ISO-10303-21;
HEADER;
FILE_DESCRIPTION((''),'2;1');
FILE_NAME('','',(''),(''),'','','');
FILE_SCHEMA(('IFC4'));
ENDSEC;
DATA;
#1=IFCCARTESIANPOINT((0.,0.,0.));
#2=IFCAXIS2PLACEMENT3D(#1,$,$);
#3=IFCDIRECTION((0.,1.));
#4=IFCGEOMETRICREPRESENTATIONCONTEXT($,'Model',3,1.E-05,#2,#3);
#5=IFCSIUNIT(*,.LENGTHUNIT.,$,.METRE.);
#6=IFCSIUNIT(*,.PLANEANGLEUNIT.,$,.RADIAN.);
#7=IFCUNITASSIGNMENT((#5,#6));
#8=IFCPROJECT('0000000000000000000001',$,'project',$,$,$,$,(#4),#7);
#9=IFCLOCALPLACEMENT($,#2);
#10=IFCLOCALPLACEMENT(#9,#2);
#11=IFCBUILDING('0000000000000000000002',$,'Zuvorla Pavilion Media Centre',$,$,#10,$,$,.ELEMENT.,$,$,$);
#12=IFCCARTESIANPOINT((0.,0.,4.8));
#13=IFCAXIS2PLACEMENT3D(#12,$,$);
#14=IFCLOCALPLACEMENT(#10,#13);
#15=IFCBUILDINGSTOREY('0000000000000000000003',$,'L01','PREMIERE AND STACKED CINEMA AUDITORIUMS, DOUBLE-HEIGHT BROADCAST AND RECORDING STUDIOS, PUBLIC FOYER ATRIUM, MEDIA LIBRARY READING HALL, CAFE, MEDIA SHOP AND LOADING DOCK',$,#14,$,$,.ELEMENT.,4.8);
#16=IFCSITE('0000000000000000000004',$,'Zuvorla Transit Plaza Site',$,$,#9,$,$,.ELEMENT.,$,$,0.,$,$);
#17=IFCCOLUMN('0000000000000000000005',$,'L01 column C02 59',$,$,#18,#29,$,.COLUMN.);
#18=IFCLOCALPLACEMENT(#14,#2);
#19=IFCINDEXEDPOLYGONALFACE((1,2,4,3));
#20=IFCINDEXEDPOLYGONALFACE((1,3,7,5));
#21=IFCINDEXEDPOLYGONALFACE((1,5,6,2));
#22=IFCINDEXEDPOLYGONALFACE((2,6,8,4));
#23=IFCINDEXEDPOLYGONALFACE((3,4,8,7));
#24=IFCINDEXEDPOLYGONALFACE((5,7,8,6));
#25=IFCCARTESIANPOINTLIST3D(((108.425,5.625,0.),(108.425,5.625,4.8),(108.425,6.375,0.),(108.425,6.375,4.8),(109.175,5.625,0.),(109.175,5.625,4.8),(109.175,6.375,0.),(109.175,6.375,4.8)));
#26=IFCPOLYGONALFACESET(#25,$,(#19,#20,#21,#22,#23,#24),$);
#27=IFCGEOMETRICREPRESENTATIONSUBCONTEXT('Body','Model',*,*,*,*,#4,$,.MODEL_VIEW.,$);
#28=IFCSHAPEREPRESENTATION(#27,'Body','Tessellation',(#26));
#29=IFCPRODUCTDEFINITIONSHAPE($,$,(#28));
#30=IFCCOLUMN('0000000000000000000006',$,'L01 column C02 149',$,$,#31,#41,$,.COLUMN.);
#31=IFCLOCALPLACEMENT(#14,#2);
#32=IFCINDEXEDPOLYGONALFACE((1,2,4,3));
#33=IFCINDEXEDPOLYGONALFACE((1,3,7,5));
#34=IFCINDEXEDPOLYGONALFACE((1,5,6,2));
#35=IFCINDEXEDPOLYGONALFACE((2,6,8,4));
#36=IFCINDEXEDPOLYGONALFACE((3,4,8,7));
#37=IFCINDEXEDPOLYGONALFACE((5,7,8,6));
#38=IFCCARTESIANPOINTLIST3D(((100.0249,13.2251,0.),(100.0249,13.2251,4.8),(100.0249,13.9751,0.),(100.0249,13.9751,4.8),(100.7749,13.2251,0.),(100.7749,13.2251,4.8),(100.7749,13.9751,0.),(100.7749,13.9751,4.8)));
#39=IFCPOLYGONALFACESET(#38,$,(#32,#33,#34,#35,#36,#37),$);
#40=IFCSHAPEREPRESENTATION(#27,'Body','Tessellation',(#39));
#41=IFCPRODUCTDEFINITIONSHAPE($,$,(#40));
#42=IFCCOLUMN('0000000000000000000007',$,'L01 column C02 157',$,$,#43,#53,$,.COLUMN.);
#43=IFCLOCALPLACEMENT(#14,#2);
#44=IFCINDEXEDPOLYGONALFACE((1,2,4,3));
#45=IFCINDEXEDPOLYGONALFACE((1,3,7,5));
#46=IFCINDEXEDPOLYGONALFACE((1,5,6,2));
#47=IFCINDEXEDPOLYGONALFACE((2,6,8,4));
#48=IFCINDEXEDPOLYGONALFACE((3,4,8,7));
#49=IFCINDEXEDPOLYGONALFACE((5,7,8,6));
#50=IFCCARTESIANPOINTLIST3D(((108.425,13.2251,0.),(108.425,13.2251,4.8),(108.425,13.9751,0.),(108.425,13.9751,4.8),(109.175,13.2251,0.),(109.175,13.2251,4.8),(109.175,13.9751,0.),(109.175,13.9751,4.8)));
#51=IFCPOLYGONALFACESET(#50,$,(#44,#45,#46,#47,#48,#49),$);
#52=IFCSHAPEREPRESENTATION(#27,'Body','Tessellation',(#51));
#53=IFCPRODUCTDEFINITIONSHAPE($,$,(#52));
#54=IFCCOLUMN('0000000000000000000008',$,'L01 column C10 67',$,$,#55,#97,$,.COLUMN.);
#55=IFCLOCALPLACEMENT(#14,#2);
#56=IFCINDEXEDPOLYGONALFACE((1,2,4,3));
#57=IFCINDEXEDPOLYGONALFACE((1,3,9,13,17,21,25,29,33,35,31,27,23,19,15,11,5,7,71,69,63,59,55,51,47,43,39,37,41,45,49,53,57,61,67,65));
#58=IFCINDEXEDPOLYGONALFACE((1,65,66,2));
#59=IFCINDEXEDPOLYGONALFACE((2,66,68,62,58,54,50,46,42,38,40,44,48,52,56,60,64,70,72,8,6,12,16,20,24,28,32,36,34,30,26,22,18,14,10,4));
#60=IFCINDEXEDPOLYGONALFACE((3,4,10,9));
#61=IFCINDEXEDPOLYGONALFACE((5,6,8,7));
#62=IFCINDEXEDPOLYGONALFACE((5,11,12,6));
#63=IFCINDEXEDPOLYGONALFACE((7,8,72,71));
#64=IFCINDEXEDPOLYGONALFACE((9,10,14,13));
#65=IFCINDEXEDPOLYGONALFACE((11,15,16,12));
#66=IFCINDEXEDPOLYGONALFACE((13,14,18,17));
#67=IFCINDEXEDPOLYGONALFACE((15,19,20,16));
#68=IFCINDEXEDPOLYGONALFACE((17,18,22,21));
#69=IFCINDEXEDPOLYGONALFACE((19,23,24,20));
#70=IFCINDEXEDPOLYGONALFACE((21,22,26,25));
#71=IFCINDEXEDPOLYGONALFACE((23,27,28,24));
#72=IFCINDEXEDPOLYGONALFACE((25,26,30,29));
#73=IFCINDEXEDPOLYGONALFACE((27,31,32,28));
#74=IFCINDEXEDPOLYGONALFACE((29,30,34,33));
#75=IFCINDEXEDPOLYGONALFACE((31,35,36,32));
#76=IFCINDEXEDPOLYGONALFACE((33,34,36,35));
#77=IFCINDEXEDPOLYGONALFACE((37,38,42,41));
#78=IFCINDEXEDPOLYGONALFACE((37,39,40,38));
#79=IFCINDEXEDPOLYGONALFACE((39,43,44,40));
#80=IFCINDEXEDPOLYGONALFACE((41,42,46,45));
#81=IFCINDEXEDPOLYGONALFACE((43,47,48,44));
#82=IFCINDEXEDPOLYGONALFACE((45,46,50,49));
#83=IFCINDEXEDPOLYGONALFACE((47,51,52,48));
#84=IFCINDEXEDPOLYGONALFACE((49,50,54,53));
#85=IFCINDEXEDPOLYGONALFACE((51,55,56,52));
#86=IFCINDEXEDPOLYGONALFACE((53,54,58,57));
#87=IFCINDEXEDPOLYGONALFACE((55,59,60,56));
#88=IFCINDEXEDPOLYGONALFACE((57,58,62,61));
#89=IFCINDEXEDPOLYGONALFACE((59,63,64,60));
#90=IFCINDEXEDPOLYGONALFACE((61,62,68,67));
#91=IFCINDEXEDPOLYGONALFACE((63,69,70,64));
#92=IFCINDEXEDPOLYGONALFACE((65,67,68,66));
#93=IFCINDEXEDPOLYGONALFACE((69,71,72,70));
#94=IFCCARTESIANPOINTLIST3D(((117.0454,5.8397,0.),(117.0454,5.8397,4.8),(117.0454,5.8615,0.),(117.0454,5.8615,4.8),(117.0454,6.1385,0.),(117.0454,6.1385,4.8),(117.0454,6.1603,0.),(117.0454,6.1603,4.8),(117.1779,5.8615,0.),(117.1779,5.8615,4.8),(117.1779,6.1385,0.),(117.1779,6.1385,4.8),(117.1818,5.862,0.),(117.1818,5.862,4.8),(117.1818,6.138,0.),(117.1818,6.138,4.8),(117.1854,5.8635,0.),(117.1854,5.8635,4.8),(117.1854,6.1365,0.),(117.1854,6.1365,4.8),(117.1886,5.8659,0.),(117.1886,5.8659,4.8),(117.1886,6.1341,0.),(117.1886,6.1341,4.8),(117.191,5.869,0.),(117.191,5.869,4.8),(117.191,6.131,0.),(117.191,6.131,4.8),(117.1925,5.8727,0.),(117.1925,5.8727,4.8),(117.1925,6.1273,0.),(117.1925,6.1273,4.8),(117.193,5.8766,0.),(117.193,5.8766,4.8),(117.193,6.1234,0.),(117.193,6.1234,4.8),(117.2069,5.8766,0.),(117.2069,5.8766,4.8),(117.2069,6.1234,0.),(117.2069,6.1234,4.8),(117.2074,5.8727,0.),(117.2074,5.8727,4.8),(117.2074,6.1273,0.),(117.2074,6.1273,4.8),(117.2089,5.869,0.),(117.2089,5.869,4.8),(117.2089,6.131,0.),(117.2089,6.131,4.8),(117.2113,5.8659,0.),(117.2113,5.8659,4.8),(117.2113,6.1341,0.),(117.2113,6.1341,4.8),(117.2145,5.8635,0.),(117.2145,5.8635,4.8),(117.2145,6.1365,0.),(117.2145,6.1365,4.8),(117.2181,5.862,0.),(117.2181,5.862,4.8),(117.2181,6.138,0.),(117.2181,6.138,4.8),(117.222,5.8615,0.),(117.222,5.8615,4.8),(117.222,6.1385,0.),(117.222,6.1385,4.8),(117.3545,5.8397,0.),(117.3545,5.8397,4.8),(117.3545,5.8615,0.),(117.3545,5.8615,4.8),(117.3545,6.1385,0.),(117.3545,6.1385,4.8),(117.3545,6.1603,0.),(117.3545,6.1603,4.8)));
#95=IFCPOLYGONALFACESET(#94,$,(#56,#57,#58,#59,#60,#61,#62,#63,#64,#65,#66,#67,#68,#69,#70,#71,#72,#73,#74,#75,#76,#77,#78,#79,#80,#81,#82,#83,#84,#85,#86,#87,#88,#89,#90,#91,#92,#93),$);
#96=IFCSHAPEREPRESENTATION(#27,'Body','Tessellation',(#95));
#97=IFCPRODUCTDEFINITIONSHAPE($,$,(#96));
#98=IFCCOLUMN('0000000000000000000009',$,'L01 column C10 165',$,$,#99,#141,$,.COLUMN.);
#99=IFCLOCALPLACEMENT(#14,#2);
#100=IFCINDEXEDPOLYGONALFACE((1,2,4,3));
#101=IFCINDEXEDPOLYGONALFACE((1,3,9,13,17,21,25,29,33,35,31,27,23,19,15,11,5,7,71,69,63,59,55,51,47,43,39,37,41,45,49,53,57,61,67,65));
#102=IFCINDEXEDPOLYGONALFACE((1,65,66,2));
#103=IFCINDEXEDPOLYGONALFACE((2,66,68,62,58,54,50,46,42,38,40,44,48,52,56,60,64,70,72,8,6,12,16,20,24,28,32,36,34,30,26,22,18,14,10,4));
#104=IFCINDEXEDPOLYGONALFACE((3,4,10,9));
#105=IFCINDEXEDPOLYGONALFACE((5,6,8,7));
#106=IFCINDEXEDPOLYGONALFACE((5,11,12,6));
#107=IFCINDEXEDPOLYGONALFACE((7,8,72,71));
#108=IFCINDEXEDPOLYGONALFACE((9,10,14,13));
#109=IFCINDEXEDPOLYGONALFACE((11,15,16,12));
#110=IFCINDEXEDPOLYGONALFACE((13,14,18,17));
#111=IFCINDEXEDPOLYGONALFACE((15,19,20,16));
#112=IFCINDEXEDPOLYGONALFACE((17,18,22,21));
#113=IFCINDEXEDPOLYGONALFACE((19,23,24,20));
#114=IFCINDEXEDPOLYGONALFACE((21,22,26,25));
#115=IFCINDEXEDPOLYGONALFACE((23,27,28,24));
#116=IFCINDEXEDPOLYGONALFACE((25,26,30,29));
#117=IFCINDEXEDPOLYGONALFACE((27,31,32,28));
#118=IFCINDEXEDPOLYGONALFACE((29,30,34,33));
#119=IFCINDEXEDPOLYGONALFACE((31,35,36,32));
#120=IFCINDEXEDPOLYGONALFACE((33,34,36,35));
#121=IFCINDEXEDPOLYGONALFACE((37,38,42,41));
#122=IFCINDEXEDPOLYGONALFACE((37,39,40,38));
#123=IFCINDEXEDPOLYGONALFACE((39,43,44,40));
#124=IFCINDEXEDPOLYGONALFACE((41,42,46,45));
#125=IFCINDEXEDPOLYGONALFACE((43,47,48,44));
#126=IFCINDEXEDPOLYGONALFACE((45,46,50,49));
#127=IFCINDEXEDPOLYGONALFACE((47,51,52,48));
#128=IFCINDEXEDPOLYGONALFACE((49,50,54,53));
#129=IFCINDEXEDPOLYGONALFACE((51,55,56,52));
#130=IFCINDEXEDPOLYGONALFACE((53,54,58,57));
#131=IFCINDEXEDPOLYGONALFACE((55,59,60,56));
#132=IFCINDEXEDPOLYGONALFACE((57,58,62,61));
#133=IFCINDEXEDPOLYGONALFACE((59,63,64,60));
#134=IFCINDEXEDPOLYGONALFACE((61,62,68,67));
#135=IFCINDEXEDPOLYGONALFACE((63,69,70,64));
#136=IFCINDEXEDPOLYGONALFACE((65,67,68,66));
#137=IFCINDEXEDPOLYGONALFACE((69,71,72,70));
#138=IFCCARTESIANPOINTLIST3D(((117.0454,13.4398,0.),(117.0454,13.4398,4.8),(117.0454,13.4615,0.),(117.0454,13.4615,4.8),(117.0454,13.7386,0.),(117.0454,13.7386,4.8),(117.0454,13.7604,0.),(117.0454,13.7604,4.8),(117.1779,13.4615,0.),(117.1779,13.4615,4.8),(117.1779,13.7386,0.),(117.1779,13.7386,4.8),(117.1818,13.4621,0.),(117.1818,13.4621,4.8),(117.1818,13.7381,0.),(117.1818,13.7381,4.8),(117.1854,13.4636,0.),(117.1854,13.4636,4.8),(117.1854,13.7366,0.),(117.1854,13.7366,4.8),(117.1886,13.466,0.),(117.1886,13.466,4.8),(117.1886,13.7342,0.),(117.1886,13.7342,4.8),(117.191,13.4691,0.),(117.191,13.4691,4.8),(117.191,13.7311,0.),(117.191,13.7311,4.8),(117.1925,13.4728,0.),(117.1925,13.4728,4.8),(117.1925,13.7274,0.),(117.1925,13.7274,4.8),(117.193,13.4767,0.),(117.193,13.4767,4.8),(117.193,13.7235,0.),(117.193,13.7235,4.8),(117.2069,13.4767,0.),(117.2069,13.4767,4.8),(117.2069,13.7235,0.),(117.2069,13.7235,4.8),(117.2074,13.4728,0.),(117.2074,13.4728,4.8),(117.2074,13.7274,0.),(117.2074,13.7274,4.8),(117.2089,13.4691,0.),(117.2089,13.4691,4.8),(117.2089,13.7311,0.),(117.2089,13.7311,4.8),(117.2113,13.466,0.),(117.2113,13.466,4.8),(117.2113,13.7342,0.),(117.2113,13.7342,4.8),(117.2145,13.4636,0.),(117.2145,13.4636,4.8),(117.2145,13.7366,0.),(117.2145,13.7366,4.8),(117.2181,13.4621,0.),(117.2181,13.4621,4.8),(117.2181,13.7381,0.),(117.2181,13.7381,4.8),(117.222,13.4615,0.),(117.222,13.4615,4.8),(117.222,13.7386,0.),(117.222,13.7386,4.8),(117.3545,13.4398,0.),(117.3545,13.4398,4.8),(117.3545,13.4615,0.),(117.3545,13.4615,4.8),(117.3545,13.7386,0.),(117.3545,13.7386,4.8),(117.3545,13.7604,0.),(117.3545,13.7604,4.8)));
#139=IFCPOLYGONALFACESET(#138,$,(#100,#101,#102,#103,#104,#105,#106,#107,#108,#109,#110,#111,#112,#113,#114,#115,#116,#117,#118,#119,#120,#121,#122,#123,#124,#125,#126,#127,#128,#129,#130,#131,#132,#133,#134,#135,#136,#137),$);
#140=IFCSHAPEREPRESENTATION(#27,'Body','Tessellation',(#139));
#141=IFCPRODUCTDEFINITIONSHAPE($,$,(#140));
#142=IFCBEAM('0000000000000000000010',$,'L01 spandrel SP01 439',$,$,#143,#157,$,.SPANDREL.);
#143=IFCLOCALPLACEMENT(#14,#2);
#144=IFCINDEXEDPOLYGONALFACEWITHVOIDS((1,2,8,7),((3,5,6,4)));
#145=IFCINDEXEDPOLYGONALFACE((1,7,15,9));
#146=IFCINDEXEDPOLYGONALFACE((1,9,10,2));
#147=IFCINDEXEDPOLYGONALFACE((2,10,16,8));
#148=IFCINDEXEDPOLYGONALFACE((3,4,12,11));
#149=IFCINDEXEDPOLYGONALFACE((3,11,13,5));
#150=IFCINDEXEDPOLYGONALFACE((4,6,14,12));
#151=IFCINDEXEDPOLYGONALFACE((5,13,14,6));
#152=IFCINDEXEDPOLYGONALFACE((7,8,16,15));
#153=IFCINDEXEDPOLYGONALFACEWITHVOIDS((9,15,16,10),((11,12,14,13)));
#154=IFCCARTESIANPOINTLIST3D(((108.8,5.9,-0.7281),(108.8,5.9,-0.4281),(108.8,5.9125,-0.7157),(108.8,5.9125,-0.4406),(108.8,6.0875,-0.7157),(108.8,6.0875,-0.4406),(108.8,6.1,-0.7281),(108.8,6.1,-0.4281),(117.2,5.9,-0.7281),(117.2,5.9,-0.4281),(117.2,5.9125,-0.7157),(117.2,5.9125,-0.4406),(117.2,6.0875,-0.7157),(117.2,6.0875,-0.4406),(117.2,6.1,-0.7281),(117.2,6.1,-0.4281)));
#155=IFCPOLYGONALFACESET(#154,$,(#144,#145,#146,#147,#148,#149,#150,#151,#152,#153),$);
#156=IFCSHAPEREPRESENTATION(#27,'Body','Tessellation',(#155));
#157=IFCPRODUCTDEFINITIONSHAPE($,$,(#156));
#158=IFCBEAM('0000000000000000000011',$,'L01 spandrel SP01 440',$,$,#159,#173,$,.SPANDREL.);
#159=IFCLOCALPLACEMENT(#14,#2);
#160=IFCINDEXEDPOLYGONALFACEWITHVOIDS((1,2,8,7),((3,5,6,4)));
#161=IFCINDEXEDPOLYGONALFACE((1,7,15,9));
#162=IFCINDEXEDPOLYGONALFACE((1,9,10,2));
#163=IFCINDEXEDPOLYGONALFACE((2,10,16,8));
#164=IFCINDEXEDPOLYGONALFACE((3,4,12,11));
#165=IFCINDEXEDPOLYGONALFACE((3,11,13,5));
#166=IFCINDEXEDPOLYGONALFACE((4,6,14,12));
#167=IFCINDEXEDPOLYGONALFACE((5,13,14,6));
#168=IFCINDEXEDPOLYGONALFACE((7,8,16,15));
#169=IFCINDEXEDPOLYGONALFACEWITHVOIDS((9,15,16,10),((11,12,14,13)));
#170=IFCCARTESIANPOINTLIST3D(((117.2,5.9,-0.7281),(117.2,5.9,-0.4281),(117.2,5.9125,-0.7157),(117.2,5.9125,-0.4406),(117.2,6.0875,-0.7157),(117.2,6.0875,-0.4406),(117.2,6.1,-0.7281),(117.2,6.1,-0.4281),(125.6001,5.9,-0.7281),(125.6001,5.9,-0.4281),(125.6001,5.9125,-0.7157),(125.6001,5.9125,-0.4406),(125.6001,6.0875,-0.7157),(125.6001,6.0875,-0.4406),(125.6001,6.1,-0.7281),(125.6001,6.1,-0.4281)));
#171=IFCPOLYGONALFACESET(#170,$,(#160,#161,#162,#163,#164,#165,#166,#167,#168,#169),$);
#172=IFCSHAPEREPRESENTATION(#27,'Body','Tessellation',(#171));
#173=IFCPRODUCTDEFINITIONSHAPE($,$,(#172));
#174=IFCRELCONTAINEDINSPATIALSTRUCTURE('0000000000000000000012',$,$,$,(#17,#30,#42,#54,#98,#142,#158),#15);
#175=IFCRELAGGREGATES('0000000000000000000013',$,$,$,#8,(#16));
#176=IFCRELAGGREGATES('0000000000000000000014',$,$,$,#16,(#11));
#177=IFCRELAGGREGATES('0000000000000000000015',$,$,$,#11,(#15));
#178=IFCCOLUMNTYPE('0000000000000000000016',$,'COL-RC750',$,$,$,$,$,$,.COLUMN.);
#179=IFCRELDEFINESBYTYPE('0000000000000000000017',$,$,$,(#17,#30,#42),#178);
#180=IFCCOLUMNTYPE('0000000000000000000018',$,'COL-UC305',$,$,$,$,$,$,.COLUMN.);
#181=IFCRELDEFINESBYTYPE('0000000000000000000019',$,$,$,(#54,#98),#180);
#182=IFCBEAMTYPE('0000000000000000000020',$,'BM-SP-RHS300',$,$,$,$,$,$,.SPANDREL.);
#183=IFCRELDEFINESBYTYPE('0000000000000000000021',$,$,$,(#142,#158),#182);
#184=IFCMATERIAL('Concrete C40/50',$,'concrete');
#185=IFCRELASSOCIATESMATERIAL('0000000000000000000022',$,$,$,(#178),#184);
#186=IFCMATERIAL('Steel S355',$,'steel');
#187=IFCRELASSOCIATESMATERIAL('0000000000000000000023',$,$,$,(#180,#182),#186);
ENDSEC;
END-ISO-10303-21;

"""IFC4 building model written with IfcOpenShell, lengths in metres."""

from ifc_helpers import new_model, si_unit, direction, frame, origin, origin_2d, place, context, subcontext, project, spatial, rectangle, hollow_rectangle, i_section, extrude, material, material_profile, profile_set, type_object, element, save


model = new_model("IFC4")

# Units and contexts
model_context = context("Model", 3, precision=1e-05, world=origin(), true_north=direction((0.0, 1.0)))
body_context = subcontext(model_context, "Body", "Model", "MODEL_VIEW")
ifc_project = project(units=[si_unit("LENGTHUNIT", "METRE"), si_unit("PLANEANGLEUNIT", "RADIAN")], contexts=[model_context])

# Site, building, storey
site_placement = place(None, origin())
site = spatial("IfcSite", under=ifc_project, at=site_placement, Name="Zuvorla Transit Plaza Site", CompositionType="ELEMENT", RefElevation=0.0)
building_placement = place(site_placement, origin())
building = spatial("IfcBuilding", under=site, at=building_placement, Name="Zuvorla Pavilion Media Centre", CompositionType="ELEMENT")
storey_placement = place(building_placement, frame((0.0, 0.0, 4.8)))
storey = spatial("IfcBuildingStorey", under=building, at=storey_placement, Name="L01", Description="PREMIERE AND STACKED CINEMA AUDITORIUMS, DOUBLE-HEIGHT BROADCAST AND RECORDING STUDIOS, PUBLIC FOYER ATRIUM, MEDIA LIBRARY READING HALL, CAFE, MEDIA SHOP AND LOADING DOCK", CompositionType="ELEMENT", Elevation=4.8)

# Columns
ifc_material_1 = material(Name="Concrete C40/50", Category="concrete")
ifc_material_profile_1 = material_profile(ifc_material_1, rectangle(XDim=0.75, YDim=0.75, at=origin_2d()), Name="RC 750x750")
ifc_profile_set_1 = profile_set([ifc_material_profile_1], Name="Concrete C40/50")
column_type_1 = type_object("IfcColumnType", Name="COL-RC750", PredefinedType="COLUMN", material=ifc_profile_set_1)
for number, where, z_axis, x_axis, name in (
    (1, (108.8, 6.0, 0.0), (0.0, 0.0, 1.0), (1.0, 0.0, 0.0), "L01 column C02 59"),
    (2, (100.3999, 13.6001, 0.0), (0.0, 0.0, 1.0), (1.0, 0.0, 0.0), "L01 column C02 149"),
    (3, (108.8, 13.6001, 0.0), (0.0, 0.0, 1.0), (1.0, 0.0, 0.0), "L01 column C02 157"),
):
    element("IfcColumn", number, at=place(storey_placement, frame(where, z_axis=z_axis, x_axis=x_axis)), inside=storey, type_object=column_type_1, Name=name, PredefinedType="COLUMN", context=body_context, shape_type="SweptSolid", body=[
        extrude(rectangle(XDim=0.75, YDim=0.75, at=origin_2d()), origin(), (0.0, 0.0, 1.0), 4.8),
    ])
ifc_material_2 = material(Name="Steel S355", Category="steel")
ifc_material_profile_2 = material_profile(ifc_material_2, i_section(OverallWidth=0.3091, OverallDepth=0.3206, WebThickness=0.0139, FlangeThickness=0.0217, FilletRadius=0.0151, at=origin_2d()), Name="UC 305x305x137")
ifc_profile_set_2 = profile_set([ifc_material_profile_2], Name="Steel S355")
column_type_2 = type_object("IfcColumnType", Name="COL-UC305", PredefinedType="COLUMN", material=ifc_profile_set_2)
for number, where, z_axis, x_axis, name in (
    (4, (117.2, 6.0, 0.0), (0.0, 0.0, 1.0), (1.0, 0.0, 0.0), "L01 column C10 67"),
    (5, (117.2, 13.6001, 0.0), (0.0, 0.0, 1.0), (1.0, 0.0, 0.0), "L01 column C10 165"),
):
    element("IfcColumn", number, at=place(storey_placement, frame(where, z_axis=z_axis, x_axis=x_axis)), inside=storey, type_object=column_type_2, Name=name, PredefinedType="COLUMN", context=body_context, shape_type="SweptSolid", body=[
        extrude(i_section(OverallWidth=0.3091, OverallDepth=0.3206, WebThickness=0.0139, FlangeThickness=0.0217, FilletRadius=0.0151, at=origin_2d()), origin(), (0.0, 0.0, 1.0), 4.8),
    ])

# Beams
ifc_material_profile_3 = material_profile(ifc_material_2, hollow_rectangle(XDim=0.2, YDim=0.3, WallThickness=0.0125, at=origin_2d()), Name="RHS 300x200x12.5")
ifc_profile_set_3 = profile_set([ifc_material_profile_3], Name="Steel S355")
beam_type_1 = type_object("IfcBeamType", Name="BM-SP-RHS300", PredefinedType="SPANDREL", material=ifc_profile_set_3)
beam_1_placement = place(storey_placement, frame((108.8, 6.0, -0.5781), z_axis=(1.0, 0.0, 0.0), x_axis=(0.0, 1.0, 0.0)))
element("IfcBeam", 6, at=beam_1_placement, inside=storey, type_object=beam_type_1, Name="L01 spandrel SP01 439", PredefinedType="SPANDREL", context=body_context, shape_type="SweptSolid", body=[
    extrude(hollow_rectangle(XDim=0.2, YDim=0.3, WallThickness=0.0125, at=origin_2d()), origin(), (0.0, 0.0, 1.0), 8.3999),
])
beam_2_placement = place(storey_placement, frame((117.2, 6.0, -0.5781), z_axis=(1.0, 0.0, 0.0), x_axis=(0.0, 1.0, 0.0)))
element("IfcBeam", 7, at=beam_2_placement, inside=storey, type_object=beam_type_1, Name="L01 spandrel SP01 440", PredefinedType="SPANDREL", context=body_context, shape_type="SweptSolid", body=[
    extrude(hollow_rectangle(XDim=0.2, YDim=0.3, WallThickness=0.0125, at=origin_2d()), origin(), (0.0, 0.0, 1.0), 8.4001),
])

save(model, "model.ifc")
